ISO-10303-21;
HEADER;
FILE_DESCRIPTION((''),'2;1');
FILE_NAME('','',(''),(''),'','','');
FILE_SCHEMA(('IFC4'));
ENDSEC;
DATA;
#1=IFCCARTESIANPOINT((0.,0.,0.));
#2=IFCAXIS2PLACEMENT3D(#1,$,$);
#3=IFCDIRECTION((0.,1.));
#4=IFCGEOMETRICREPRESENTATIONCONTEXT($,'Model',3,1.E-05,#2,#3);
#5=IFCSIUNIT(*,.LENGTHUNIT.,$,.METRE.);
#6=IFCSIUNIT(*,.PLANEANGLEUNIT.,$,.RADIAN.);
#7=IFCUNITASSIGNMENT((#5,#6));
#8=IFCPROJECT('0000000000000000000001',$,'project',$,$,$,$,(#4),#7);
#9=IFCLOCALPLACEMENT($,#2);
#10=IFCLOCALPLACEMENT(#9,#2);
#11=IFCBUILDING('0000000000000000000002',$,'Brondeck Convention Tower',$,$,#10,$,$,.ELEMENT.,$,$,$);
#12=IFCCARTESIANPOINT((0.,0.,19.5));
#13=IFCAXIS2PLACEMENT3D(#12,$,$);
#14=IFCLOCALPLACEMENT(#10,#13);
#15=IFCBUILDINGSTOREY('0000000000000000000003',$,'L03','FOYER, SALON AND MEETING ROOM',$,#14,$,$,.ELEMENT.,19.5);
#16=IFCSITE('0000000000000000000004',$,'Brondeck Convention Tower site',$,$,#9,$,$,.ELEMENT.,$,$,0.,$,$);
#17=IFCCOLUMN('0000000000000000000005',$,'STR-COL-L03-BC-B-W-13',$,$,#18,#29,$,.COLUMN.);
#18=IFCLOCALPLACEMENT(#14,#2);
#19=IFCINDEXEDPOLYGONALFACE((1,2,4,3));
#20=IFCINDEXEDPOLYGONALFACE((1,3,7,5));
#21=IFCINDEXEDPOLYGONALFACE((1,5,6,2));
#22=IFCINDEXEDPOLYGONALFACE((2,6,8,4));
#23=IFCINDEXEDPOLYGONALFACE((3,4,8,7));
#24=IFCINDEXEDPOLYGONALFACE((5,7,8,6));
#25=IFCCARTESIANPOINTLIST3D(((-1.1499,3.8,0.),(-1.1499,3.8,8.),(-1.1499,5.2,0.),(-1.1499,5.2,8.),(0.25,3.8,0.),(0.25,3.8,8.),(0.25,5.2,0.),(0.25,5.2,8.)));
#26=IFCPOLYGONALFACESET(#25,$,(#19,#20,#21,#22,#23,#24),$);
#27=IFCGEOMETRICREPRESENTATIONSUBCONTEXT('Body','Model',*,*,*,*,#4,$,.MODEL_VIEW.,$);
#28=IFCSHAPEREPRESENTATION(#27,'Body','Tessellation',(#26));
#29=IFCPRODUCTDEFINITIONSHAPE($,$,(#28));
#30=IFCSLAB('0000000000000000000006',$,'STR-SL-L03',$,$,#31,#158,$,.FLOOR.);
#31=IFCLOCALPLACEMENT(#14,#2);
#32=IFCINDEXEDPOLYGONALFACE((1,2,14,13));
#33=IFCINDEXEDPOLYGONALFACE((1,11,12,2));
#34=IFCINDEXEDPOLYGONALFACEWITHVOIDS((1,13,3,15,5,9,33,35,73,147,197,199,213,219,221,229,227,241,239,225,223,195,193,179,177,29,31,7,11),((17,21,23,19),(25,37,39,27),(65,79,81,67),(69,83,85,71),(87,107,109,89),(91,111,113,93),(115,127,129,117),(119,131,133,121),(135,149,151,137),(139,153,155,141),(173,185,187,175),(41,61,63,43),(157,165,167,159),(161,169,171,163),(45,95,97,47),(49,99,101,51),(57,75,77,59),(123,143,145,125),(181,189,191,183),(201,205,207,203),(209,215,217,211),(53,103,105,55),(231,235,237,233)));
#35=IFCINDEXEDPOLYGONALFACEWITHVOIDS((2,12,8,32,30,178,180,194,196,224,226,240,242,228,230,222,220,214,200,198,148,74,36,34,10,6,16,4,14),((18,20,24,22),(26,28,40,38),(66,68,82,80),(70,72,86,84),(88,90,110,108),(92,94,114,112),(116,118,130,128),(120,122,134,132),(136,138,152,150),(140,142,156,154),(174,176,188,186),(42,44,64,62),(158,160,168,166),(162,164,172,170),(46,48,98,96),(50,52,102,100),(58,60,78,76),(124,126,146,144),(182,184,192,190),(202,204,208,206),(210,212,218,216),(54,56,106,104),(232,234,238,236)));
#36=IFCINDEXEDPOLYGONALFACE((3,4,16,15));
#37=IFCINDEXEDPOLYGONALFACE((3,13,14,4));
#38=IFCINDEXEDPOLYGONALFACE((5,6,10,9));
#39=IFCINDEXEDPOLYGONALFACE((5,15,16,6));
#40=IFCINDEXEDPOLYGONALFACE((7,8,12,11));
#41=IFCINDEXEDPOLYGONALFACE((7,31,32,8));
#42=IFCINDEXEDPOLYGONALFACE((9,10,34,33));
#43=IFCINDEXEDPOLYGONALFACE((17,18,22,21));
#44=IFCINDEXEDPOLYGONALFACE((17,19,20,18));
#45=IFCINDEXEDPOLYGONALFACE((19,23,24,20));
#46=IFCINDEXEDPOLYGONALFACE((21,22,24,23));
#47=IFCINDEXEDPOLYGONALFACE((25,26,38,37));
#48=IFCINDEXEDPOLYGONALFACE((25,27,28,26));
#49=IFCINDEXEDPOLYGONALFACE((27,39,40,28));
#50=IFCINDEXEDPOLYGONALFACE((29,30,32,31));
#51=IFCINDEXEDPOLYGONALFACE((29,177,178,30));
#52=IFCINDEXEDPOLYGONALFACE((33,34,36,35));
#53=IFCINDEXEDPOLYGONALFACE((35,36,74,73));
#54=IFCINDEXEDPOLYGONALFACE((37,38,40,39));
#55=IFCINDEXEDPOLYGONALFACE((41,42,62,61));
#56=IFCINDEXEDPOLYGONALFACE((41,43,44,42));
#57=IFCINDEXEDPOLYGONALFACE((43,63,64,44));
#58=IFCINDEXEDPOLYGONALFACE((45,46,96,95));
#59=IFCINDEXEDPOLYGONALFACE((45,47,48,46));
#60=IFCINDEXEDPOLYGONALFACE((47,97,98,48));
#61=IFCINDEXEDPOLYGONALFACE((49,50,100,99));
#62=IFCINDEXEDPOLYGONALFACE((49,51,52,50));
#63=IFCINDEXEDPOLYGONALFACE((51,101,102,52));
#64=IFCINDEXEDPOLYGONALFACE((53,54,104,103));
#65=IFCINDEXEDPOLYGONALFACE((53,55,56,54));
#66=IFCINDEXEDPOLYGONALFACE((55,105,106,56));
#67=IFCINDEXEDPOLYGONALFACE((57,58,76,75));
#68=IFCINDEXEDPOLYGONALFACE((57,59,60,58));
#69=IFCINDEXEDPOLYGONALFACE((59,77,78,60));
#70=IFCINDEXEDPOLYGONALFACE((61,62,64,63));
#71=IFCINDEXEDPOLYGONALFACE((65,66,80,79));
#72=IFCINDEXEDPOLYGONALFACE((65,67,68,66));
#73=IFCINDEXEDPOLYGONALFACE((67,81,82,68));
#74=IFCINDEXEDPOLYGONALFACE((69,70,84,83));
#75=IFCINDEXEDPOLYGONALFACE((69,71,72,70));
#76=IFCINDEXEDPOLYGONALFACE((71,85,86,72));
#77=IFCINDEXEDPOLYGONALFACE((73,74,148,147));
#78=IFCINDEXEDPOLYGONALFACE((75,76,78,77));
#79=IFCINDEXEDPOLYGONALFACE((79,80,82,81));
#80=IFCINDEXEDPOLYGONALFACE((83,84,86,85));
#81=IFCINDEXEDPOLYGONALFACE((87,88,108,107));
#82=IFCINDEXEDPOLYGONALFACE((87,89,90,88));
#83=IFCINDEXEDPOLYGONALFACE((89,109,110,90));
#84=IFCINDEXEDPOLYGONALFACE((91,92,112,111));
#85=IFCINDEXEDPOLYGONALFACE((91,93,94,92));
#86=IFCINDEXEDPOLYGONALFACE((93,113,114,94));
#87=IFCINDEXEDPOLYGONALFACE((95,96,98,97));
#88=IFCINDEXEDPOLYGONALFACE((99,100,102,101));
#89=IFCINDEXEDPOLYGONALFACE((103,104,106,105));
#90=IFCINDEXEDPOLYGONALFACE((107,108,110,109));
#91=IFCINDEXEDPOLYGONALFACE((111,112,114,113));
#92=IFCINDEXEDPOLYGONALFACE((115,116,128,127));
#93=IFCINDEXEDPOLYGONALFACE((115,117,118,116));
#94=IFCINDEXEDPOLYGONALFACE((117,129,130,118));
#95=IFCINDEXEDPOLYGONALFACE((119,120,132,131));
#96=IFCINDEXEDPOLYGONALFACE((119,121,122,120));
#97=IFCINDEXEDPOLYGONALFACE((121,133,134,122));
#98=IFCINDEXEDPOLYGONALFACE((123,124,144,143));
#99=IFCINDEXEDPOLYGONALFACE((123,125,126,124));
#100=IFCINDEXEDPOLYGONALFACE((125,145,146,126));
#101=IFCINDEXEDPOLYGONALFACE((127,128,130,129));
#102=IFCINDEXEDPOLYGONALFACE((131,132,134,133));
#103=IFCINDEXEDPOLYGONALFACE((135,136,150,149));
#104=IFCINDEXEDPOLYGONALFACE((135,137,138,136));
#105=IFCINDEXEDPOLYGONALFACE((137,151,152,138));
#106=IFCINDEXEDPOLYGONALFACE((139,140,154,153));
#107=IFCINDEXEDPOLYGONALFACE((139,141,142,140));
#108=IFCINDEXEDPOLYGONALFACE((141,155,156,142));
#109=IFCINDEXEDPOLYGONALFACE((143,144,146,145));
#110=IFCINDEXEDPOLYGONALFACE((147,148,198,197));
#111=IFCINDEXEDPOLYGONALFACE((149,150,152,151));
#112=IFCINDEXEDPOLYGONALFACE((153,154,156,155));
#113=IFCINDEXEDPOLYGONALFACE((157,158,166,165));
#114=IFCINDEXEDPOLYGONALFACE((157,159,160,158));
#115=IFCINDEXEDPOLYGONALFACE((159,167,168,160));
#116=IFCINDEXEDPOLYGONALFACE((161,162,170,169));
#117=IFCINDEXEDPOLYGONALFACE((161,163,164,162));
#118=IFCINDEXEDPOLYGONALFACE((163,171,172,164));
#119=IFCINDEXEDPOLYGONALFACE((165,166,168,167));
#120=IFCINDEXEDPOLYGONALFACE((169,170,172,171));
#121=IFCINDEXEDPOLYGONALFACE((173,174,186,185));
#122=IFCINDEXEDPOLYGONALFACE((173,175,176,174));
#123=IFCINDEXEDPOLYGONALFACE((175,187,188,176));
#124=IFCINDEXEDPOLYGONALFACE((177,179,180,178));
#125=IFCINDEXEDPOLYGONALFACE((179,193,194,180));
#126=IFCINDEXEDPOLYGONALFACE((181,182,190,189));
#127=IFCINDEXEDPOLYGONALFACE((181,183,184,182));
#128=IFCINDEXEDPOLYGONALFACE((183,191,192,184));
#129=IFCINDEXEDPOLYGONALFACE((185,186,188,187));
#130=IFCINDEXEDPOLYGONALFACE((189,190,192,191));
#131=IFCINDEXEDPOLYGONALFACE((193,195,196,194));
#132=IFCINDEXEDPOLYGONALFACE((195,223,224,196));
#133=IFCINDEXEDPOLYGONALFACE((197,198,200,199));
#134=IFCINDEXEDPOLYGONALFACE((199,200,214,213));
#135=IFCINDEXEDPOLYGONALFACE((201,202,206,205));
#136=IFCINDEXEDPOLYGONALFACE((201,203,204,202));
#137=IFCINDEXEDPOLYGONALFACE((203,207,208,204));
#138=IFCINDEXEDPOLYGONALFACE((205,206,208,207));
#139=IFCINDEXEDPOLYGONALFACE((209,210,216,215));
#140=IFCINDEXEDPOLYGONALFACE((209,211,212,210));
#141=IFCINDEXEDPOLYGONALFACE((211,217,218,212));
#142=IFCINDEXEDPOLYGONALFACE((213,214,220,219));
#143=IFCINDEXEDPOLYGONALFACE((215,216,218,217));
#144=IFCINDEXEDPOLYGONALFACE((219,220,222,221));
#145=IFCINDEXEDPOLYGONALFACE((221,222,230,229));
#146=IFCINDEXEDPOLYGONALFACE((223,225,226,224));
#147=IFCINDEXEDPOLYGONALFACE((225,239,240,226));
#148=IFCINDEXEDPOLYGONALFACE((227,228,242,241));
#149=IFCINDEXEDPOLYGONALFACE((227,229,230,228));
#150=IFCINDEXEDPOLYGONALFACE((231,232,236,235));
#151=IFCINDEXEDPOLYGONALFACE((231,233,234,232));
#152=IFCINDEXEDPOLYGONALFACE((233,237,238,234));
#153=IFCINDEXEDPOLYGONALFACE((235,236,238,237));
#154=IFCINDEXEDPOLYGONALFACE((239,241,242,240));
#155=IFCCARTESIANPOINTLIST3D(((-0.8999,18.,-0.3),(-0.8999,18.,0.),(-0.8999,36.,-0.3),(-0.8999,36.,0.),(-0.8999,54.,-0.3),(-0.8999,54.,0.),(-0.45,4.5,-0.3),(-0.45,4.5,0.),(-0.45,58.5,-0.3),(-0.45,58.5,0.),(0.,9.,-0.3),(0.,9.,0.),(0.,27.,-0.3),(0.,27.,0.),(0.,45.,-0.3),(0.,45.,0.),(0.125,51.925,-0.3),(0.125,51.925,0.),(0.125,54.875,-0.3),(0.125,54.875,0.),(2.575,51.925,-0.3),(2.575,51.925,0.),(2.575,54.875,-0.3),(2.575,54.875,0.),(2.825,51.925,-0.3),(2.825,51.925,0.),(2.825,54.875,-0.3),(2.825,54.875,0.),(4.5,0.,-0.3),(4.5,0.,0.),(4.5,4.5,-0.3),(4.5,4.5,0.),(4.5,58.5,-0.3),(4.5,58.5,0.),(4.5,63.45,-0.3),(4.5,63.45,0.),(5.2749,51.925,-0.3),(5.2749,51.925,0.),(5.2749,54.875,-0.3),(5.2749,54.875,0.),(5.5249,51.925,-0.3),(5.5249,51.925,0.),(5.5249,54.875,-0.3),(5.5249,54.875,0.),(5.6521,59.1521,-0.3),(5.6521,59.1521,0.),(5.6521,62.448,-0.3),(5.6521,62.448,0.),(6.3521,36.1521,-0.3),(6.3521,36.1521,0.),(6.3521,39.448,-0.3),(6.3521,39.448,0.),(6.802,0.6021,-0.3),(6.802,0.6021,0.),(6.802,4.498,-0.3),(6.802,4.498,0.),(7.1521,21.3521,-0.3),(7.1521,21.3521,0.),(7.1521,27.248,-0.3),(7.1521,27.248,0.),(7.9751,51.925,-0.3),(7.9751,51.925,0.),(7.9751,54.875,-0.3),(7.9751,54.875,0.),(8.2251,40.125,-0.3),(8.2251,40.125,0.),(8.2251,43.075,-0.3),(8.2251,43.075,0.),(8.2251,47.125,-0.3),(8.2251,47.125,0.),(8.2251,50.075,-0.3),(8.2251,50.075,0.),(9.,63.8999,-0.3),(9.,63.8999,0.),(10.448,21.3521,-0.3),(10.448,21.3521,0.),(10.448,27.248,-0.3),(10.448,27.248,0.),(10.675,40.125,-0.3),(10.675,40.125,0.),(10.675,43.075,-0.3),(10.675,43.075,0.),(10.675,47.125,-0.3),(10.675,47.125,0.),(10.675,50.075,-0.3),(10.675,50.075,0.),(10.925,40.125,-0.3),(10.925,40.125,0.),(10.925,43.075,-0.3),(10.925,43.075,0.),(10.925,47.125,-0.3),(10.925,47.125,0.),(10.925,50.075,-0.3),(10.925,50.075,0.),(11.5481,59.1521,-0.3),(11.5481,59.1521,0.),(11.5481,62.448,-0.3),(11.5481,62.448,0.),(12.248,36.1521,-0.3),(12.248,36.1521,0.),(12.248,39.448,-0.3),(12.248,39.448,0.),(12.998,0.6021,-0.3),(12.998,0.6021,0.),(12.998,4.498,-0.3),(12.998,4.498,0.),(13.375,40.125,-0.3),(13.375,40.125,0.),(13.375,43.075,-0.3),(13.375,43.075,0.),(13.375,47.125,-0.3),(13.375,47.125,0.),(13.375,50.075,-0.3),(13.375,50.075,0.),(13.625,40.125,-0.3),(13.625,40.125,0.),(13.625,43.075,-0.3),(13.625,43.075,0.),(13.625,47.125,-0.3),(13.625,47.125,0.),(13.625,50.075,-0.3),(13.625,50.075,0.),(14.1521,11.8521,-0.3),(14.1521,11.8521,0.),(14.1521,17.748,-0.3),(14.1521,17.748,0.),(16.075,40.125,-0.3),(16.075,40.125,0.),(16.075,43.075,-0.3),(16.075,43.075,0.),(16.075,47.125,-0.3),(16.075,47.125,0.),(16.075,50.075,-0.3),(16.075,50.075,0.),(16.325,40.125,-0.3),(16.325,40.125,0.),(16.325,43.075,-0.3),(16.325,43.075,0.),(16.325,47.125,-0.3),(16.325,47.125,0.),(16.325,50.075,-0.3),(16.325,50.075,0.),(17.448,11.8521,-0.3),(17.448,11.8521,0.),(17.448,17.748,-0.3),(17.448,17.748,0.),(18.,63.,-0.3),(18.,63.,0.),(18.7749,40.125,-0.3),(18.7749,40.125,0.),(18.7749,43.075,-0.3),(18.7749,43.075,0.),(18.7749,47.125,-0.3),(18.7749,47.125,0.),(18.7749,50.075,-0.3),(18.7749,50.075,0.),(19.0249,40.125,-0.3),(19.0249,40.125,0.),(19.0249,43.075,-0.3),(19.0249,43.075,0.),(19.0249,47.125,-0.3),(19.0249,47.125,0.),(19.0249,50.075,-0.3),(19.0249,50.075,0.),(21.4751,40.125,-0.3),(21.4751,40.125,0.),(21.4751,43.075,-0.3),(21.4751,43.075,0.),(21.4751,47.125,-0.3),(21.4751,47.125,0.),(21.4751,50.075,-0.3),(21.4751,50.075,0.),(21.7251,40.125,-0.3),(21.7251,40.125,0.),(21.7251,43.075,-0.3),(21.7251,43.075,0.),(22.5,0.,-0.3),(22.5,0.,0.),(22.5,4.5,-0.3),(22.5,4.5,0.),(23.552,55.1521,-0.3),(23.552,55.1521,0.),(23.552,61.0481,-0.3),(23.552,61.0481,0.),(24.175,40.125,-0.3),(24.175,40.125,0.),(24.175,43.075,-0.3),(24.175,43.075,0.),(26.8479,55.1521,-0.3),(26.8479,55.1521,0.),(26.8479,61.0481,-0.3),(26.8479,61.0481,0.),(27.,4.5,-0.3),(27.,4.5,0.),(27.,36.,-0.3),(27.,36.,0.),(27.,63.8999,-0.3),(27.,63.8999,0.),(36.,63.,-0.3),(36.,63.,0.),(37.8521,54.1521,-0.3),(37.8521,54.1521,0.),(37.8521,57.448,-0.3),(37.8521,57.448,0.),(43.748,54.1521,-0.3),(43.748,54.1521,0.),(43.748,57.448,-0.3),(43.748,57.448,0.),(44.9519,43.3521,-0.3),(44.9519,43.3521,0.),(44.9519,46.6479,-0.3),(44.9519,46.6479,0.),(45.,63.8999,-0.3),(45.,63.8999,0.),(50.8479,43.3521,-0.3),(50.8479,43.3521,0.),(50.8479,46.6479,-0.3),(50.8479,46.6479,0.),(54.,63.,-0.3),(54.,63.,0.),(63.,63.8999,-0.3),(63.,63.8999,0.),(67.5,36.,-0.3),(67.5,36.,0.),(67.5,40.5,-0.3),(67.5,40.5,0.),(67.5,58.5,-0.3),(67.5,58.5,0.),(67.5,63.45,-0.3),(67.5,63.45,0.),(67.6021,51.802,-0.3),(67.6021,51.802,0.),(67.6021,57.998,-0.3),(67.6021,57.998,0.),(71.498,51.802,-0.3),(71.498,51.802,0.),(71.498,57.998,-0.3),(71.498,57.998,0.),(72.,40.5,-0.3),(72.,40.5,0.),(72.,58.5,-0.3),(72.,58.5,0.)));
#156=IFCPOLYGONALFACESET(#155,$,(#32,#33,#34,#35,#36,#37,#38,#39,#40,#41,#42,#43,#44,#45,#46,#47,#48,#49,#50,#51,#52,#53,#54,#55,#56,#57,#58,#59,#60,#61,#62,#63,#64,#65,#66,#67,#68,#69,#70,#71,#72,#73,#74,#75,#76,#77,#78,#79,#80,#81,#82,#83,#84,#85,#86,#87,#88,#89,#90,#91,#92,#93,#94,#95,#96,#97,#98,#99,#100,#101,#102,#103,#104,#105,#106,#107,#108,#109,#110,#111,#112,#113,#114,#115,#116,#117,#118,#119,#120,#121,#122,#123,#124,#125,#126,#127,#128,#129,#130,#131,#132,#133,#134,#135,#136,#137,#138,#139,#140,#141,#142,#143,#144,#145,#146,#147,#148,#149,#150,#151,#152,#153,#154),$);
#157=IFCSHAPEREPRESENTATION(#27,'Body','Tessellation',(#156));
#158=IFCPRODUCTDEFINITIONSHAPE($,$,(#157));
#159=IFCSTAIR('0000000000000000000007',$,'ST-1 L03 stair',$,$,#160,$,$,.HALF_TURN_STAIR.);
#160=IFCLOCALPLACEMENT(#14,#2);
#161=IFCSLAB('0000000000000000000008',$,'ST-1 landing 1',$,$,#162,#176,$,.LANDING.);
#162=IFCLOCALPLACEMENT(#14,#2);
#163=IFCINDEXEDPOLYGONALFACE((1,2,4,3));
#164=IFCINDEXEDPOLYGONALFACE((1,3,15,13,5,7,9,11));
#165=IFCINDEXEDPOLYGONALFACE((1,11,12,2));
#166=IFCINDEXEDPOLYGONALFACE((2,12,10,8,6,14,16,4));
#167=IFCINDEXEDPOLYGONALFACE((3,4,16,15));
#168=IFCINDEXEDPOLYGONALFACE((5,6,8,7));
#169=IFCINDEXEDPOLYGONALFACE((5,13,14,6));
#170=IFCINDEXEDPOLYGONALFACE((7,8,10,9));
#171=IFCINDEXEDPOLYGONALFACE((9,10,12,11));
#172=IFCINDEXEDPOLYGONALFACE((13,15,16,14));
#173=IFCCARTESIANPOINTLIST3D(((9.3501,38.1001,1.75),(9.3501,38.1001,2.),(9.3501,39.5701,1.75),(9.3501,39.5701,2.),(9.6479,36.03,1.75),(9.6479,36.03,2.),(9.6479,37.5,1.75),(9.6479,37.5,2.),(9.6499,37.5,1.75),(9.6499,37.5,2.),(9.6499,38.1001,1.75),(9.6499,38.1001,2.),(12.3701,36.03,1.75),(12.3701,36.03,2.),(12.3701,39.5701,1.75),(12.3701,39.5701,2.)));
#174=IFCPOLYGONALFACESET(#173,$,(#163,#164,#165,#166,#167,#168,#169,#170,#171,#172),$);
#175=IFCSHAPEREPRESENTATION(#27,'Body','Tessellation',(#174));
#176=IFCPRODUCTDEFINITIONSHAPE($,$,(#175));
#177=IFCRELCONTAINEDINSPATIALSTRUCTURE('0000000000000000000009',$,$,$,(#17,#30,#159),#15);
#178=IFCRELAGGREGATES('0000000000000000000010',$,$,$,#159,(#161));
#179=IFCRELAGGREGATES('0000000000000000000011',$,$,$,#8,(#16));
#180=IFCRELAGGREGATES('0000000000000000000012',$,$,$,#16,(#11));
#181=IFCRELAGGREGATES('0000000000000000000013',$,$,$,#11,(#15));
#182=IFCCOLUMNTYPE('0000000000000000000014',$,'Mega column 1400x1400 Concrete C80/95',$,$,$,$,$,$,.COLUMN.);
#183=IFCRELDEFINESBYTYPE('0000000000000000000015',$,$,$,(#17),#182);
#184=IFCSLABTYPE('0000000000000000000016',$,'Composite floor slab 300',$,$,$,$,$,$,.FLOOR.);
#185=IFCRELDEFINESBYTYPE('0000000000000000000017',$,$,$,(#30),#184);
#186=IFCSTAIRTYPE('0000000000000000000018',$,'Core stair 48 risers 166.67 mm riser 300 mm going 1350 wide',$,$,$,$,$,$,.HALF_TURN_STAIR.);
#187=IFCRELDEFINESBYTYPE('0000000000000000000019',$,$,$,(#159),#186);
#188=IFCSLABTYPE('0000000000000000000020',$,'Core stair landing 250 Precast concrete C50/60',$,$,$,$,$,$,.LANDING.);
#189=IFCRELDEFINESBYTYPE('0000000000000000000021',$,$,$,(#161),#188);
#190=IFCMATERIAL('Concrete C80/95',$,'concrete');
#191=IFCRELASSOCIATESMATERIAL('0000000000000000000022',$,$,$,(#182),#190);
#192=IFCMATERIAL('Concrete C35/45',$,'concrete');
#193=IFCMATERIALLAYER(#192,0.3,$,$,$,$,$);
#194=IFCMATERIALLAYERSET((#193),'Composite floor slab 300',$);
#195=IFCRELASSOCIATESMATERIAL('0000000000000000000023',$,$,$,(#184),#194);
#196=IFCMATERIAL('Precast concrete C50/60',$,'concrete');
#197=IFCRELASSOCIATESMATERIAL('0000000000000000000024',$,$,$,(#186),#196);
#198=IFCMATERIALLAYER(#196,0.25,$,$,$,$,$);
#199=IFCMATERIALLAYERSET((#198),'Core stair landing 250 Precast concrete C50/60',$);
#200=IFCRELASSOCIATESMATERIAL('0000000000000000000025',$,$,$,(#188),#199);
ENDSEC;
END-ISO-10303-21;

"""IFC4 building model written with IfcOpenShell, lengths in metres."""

from ifc_helpers import new_model, si_unit, direction, frame, origin, origin_2d, place, context, subcontext, project, spatial, polyline, rectangle, outline, extrude, material, layer, layer_set, material_profile, profile_set, type_object, element, aggregate, save


model = new_model("IFC4")

# Units and contexts
model_context = context("Model", 3, precision=1e-05, world=origin(), true_north=direction((0.0, 1.0)))
body_context = subcontext(model_context, "Body", "Model", "MODEL_VIEW")
ifc_project = project(units=[si_unit("LENGTHUNIT", "METRE"), si_unit("PLANEANGLEUNIT", "RADIAN")], contexts=[model_context])

# Site, building, storey
site_placement = place(None, origin())
site = spatial("IfcSite", under=ifc_project, at=site_placement, Name="Brondeck Convention Tower site", CompositionType="ELEMENT", RefElevation=0.0)
building_placement = place(site_placement, origin())
building = spatial("IfcBuilding", under=site, at=building_placement, Name="Brondeck Convention Tower", CompositionType="ELEMENT")
storey_placement = place(building_placement, frame((0.0, 0.0, 19.5)))
storey = spatial("IfcBuildingStorey", under=building, at=storey_placement, Name="L03", Description="FOYER, SALON AND MEETING ROOM", CompositionType="ELEMENT", Elevation=19.5)

# Column
ifc_material_1 = material(Name="Concrete C80/95", Category="concrete")
ifc_material_profile = material_profile(ifc_material_1, rectangle(XDim=1.3999, YDim=1.3999, at=origin_2d()), Name="Mega column 1400x1400 Concrete C80/95")
ifc_profile_set = profile_set([ifc_material_profile], Name="Concrete C80/95")
column_type = type_object("IfcColumnType", Name="Mega column 1400x1400 Concrete C80/95", PredefinedType="COLUMN", material=ifc_profile_set)
column_placement = place(storey_placement, frame((-0.45, 4.5, 0.0), z_axis=(0.0, 0.0, 1.0), x_axis=(1.0, 0.0, 0.0)))
element("IfcColumn", 1, at=column_placement, inside=storey, type_object=column_type, Name="STR-COL-L03-BC-B-W-13", PredefinedType="COLUMN", context=body_context, shape_type="SweptSolid", body=[
    extrude(rectangle(XDim=1.3999, YDim=1.3999, at=origin_2d()), origin(), (0.0, 0.0, 1.0), 8.0),
])

# Slab
ifc_material_2 = material(Name="Concrete C35/45", Category="concrete")
ifc_layer_1 = layer(ifc_material_2, 0.3)
ifc_layer_set_1 = layer_set([ifc_layer_1], Name="Composite floor slab 300")
slab_type_1 = type_object("IfcSlabType", Name="Composite floor slab 300", PredefinedType="FLOOR", material=ifc_layer_set_1)
slab_1_placement = place(storey_placement, frame((0.0, 0.0, -0.3)))
element("IfcSlab", 2, at=slab_1_placement, inside=storey, type_object=slab_type_1, Name="STR-SL-L03", PredefinedType="FLOOR", context=body_context, shape_type="SweptSolid", body=[
    extrude(outline(polyline([(4.5, 4.5), (-0.45, 4.5), (0.0, 9.0), (-0.8999, 18.0), (0.0, 27.0), (-0.8999, 36.0), (0.0, 45.0), (-0.8999, 54.0), (-0.45, 58.5), (4.5, 58.5), (4.5, 63.45), (9.0, 63.8999), (18.0, 63.0), (27.0, 63.8999), (36.0, 63.0), (45.0, 63.8999), (54.0, 63.0), (63.0, 63.8999), (67.5, 63.45), (67.5, 58.5), (72.0, 58.5), (72.0, 40.5), (67.5, 40.5), (67.5, 36.0), (27.0, 36.0), (27.0, 4.5), (22.5, 4.5), (22.5, 0.0), (4.5, 0.0), (4.5, 4.5)]), holes=[polyline([(12.998, 0.6021), (12.998, 4.498), (6.802, 4.498), (6.802, 0.6021), (12.998, 0.6021)]), polyline([(10.448, 27.248), (7.1521, 27.248), (7.1521, 21.3521), (10.448, 21.3521), (10.448, 27.248)]), polyline([(12.248, 36.1521), (12.248, 39.448), (6.3521, 39.448), (6.3521, 36.1521), (12.248, 36.1521)]), polyline([(8.2251, 40.125), (10.675, 40.125), (10.675, 43.075), (8.2251, 43.075), (8.2251, 40.125)]), polyline([(10.925, 40.125), (13.375, 40.125), (13.375, 43.075), (10.925, 43.075), (10.925, 40.125)]), polyline([(10.675, 47.125), (10.675, 50.075), (8.2251, 50.075), (8.2251, 47.125), (10.675, 47.125)]), polyline([(10.925, 47.125), (13.375, 47.125), (13.375, 50.075), (10.925, 50.075), (10.925, 47.125)]), polyline([(13.625, 47.125), (16.075, 47.125), (16.075, 50.075), (13.625, 50.075), (13.625, 47.125)]), polyline([(2.575, 51.925), (2.575, 54.875), (0.125, 54.875), (0.125, 51.925), (2.575, 51.925)]), polyline([(2.825, 51.925), (5.2749, 51.925), (5.2749, 54.875), (2.825, 54.875), (2.825, 51.925)]), polyline([(5.5249, 51.925), (7.9751, 51.925), (7.9751, 54.875), (5.5249, 54.875), (5.5249, 51.925)]), polyline([(5.6521, 62.448), (5.6521, 59.1521), (11.5481, 59.1521), (11.5481, 62.448), (5.6521, 62.448)]), polyline([(17.448, 11.8521), (17.448, 17.748), (14.1521, 17.748), (14.1521, 11.8521), (17.448, 11.8521)]), polyline([(13.625, 40.125), (16.075, 40.125), (16.075, 43.075), (13.625, 43.075), (13.625, 40.125)]), polyline([(18.7749, 40.125), (18.7749, 43.075), (16.325, 43.075), (16.325, 40.125), (18.7749, 40.125)]), polyline([(19.0249, 40.125), (21.4751, 40.125), (21.4751, 43.075), (19.0249, 43.075), (19.0249, 40.125)]), polyline([(21.7251, 40.125), (24.175, 40.125), (24.175, 43.075), (21.7251, 43.075), (21.7251, 40.125)]), polyline([(50.8479, 43.3521), (50.8479, 46.6479), (44.9519, 46.6479), (44.9519, 43.3521), (50.8479, 43.3521)]), polyline([(16.325, 47.125), (18.7749, 47.125), (18.7749, 50.075), (16.325, 50.075), (16.325, 47.125)]), polyline([(19.0249, 47.125), (21.4751, 47.125), (21.4751, 50.075), (19.0249, 50.075), (19.0249, 47.125)]), polyline([(71.498, 57.998), (67.6021, 57.998), (67.6021, 51.802), (71.498, 51.802), (71.498, 57.998)]), polyline([(37.8521, 54.1521), (43.748, 54.1521), (43.748, 57.448), (37.8521, 57.448), (37.8521, 54.1521)]), polyline([(23.552, 61.0481), (23.552, 55.1521), (26.8479, 55.1521), (26.8479, 61.0481), (23.552, 61.0481)])]), origin(), (0.0, 0.0, 1.0), 0.3),
])

# Stair, slab
ifc_material_3 = material(Name="Precast concrete C50/60", Category="concrete")
stair_type_1 = type_object("IfcStairType", Name="Core stair 48 risers 166.67 mm riser 300 mm going 1350 wide", PredefinedType="HALF_TURN_STAIR", material=ifc_material_3)
stair_1_placement = place(storey_placement, origin())
stair_1 = element("IfcStair", 3, at=stair_1_placement, inside=storey, type_object=stair_type_1, Name="ST-1 L03 stair", PredefinedType="HALF_TURN_STAIR")
ifc_layer_2 = layer(ifc_material_3, 0.25)
ifc_layer_set_2 = layer_set([ifc_layer_2], Name="Core stair landing 250 Precast concrete C50/60")
slab_type_2 = type_object("IfcSlabType", Name="Core stair landing 250 Precast concrete C50/60", PredefinedType="LANDING", material=ifc_layer_set_2)
slab_2_placement = place(storey_placement, frame((0.0, 0.0, 1.75)))
slab_2 = element("IfcSlab", 4, at=slab_2_placement, type_object=slab_type_2, Name="ST-1 landing 1", PredefinedType="LANDING", context=body_context, shape_type="SweptSolid", body=[
    extrude(outline(polyline([(9.6479, 37.5), (9.6499, 37.5), (9.6499, 38.1001), (9.3501, 38.1001), (9.3501, 39.5701), (12.3701, 39.5701), (12.3701, 36.03), (9.6479, 36.03), (9.6479, 37.5)])), origin(), (0.0, 0.0, 1.0), 0.25),
])
aggregate(stair_1, [slab_2])

save(model, "model.ifc")
